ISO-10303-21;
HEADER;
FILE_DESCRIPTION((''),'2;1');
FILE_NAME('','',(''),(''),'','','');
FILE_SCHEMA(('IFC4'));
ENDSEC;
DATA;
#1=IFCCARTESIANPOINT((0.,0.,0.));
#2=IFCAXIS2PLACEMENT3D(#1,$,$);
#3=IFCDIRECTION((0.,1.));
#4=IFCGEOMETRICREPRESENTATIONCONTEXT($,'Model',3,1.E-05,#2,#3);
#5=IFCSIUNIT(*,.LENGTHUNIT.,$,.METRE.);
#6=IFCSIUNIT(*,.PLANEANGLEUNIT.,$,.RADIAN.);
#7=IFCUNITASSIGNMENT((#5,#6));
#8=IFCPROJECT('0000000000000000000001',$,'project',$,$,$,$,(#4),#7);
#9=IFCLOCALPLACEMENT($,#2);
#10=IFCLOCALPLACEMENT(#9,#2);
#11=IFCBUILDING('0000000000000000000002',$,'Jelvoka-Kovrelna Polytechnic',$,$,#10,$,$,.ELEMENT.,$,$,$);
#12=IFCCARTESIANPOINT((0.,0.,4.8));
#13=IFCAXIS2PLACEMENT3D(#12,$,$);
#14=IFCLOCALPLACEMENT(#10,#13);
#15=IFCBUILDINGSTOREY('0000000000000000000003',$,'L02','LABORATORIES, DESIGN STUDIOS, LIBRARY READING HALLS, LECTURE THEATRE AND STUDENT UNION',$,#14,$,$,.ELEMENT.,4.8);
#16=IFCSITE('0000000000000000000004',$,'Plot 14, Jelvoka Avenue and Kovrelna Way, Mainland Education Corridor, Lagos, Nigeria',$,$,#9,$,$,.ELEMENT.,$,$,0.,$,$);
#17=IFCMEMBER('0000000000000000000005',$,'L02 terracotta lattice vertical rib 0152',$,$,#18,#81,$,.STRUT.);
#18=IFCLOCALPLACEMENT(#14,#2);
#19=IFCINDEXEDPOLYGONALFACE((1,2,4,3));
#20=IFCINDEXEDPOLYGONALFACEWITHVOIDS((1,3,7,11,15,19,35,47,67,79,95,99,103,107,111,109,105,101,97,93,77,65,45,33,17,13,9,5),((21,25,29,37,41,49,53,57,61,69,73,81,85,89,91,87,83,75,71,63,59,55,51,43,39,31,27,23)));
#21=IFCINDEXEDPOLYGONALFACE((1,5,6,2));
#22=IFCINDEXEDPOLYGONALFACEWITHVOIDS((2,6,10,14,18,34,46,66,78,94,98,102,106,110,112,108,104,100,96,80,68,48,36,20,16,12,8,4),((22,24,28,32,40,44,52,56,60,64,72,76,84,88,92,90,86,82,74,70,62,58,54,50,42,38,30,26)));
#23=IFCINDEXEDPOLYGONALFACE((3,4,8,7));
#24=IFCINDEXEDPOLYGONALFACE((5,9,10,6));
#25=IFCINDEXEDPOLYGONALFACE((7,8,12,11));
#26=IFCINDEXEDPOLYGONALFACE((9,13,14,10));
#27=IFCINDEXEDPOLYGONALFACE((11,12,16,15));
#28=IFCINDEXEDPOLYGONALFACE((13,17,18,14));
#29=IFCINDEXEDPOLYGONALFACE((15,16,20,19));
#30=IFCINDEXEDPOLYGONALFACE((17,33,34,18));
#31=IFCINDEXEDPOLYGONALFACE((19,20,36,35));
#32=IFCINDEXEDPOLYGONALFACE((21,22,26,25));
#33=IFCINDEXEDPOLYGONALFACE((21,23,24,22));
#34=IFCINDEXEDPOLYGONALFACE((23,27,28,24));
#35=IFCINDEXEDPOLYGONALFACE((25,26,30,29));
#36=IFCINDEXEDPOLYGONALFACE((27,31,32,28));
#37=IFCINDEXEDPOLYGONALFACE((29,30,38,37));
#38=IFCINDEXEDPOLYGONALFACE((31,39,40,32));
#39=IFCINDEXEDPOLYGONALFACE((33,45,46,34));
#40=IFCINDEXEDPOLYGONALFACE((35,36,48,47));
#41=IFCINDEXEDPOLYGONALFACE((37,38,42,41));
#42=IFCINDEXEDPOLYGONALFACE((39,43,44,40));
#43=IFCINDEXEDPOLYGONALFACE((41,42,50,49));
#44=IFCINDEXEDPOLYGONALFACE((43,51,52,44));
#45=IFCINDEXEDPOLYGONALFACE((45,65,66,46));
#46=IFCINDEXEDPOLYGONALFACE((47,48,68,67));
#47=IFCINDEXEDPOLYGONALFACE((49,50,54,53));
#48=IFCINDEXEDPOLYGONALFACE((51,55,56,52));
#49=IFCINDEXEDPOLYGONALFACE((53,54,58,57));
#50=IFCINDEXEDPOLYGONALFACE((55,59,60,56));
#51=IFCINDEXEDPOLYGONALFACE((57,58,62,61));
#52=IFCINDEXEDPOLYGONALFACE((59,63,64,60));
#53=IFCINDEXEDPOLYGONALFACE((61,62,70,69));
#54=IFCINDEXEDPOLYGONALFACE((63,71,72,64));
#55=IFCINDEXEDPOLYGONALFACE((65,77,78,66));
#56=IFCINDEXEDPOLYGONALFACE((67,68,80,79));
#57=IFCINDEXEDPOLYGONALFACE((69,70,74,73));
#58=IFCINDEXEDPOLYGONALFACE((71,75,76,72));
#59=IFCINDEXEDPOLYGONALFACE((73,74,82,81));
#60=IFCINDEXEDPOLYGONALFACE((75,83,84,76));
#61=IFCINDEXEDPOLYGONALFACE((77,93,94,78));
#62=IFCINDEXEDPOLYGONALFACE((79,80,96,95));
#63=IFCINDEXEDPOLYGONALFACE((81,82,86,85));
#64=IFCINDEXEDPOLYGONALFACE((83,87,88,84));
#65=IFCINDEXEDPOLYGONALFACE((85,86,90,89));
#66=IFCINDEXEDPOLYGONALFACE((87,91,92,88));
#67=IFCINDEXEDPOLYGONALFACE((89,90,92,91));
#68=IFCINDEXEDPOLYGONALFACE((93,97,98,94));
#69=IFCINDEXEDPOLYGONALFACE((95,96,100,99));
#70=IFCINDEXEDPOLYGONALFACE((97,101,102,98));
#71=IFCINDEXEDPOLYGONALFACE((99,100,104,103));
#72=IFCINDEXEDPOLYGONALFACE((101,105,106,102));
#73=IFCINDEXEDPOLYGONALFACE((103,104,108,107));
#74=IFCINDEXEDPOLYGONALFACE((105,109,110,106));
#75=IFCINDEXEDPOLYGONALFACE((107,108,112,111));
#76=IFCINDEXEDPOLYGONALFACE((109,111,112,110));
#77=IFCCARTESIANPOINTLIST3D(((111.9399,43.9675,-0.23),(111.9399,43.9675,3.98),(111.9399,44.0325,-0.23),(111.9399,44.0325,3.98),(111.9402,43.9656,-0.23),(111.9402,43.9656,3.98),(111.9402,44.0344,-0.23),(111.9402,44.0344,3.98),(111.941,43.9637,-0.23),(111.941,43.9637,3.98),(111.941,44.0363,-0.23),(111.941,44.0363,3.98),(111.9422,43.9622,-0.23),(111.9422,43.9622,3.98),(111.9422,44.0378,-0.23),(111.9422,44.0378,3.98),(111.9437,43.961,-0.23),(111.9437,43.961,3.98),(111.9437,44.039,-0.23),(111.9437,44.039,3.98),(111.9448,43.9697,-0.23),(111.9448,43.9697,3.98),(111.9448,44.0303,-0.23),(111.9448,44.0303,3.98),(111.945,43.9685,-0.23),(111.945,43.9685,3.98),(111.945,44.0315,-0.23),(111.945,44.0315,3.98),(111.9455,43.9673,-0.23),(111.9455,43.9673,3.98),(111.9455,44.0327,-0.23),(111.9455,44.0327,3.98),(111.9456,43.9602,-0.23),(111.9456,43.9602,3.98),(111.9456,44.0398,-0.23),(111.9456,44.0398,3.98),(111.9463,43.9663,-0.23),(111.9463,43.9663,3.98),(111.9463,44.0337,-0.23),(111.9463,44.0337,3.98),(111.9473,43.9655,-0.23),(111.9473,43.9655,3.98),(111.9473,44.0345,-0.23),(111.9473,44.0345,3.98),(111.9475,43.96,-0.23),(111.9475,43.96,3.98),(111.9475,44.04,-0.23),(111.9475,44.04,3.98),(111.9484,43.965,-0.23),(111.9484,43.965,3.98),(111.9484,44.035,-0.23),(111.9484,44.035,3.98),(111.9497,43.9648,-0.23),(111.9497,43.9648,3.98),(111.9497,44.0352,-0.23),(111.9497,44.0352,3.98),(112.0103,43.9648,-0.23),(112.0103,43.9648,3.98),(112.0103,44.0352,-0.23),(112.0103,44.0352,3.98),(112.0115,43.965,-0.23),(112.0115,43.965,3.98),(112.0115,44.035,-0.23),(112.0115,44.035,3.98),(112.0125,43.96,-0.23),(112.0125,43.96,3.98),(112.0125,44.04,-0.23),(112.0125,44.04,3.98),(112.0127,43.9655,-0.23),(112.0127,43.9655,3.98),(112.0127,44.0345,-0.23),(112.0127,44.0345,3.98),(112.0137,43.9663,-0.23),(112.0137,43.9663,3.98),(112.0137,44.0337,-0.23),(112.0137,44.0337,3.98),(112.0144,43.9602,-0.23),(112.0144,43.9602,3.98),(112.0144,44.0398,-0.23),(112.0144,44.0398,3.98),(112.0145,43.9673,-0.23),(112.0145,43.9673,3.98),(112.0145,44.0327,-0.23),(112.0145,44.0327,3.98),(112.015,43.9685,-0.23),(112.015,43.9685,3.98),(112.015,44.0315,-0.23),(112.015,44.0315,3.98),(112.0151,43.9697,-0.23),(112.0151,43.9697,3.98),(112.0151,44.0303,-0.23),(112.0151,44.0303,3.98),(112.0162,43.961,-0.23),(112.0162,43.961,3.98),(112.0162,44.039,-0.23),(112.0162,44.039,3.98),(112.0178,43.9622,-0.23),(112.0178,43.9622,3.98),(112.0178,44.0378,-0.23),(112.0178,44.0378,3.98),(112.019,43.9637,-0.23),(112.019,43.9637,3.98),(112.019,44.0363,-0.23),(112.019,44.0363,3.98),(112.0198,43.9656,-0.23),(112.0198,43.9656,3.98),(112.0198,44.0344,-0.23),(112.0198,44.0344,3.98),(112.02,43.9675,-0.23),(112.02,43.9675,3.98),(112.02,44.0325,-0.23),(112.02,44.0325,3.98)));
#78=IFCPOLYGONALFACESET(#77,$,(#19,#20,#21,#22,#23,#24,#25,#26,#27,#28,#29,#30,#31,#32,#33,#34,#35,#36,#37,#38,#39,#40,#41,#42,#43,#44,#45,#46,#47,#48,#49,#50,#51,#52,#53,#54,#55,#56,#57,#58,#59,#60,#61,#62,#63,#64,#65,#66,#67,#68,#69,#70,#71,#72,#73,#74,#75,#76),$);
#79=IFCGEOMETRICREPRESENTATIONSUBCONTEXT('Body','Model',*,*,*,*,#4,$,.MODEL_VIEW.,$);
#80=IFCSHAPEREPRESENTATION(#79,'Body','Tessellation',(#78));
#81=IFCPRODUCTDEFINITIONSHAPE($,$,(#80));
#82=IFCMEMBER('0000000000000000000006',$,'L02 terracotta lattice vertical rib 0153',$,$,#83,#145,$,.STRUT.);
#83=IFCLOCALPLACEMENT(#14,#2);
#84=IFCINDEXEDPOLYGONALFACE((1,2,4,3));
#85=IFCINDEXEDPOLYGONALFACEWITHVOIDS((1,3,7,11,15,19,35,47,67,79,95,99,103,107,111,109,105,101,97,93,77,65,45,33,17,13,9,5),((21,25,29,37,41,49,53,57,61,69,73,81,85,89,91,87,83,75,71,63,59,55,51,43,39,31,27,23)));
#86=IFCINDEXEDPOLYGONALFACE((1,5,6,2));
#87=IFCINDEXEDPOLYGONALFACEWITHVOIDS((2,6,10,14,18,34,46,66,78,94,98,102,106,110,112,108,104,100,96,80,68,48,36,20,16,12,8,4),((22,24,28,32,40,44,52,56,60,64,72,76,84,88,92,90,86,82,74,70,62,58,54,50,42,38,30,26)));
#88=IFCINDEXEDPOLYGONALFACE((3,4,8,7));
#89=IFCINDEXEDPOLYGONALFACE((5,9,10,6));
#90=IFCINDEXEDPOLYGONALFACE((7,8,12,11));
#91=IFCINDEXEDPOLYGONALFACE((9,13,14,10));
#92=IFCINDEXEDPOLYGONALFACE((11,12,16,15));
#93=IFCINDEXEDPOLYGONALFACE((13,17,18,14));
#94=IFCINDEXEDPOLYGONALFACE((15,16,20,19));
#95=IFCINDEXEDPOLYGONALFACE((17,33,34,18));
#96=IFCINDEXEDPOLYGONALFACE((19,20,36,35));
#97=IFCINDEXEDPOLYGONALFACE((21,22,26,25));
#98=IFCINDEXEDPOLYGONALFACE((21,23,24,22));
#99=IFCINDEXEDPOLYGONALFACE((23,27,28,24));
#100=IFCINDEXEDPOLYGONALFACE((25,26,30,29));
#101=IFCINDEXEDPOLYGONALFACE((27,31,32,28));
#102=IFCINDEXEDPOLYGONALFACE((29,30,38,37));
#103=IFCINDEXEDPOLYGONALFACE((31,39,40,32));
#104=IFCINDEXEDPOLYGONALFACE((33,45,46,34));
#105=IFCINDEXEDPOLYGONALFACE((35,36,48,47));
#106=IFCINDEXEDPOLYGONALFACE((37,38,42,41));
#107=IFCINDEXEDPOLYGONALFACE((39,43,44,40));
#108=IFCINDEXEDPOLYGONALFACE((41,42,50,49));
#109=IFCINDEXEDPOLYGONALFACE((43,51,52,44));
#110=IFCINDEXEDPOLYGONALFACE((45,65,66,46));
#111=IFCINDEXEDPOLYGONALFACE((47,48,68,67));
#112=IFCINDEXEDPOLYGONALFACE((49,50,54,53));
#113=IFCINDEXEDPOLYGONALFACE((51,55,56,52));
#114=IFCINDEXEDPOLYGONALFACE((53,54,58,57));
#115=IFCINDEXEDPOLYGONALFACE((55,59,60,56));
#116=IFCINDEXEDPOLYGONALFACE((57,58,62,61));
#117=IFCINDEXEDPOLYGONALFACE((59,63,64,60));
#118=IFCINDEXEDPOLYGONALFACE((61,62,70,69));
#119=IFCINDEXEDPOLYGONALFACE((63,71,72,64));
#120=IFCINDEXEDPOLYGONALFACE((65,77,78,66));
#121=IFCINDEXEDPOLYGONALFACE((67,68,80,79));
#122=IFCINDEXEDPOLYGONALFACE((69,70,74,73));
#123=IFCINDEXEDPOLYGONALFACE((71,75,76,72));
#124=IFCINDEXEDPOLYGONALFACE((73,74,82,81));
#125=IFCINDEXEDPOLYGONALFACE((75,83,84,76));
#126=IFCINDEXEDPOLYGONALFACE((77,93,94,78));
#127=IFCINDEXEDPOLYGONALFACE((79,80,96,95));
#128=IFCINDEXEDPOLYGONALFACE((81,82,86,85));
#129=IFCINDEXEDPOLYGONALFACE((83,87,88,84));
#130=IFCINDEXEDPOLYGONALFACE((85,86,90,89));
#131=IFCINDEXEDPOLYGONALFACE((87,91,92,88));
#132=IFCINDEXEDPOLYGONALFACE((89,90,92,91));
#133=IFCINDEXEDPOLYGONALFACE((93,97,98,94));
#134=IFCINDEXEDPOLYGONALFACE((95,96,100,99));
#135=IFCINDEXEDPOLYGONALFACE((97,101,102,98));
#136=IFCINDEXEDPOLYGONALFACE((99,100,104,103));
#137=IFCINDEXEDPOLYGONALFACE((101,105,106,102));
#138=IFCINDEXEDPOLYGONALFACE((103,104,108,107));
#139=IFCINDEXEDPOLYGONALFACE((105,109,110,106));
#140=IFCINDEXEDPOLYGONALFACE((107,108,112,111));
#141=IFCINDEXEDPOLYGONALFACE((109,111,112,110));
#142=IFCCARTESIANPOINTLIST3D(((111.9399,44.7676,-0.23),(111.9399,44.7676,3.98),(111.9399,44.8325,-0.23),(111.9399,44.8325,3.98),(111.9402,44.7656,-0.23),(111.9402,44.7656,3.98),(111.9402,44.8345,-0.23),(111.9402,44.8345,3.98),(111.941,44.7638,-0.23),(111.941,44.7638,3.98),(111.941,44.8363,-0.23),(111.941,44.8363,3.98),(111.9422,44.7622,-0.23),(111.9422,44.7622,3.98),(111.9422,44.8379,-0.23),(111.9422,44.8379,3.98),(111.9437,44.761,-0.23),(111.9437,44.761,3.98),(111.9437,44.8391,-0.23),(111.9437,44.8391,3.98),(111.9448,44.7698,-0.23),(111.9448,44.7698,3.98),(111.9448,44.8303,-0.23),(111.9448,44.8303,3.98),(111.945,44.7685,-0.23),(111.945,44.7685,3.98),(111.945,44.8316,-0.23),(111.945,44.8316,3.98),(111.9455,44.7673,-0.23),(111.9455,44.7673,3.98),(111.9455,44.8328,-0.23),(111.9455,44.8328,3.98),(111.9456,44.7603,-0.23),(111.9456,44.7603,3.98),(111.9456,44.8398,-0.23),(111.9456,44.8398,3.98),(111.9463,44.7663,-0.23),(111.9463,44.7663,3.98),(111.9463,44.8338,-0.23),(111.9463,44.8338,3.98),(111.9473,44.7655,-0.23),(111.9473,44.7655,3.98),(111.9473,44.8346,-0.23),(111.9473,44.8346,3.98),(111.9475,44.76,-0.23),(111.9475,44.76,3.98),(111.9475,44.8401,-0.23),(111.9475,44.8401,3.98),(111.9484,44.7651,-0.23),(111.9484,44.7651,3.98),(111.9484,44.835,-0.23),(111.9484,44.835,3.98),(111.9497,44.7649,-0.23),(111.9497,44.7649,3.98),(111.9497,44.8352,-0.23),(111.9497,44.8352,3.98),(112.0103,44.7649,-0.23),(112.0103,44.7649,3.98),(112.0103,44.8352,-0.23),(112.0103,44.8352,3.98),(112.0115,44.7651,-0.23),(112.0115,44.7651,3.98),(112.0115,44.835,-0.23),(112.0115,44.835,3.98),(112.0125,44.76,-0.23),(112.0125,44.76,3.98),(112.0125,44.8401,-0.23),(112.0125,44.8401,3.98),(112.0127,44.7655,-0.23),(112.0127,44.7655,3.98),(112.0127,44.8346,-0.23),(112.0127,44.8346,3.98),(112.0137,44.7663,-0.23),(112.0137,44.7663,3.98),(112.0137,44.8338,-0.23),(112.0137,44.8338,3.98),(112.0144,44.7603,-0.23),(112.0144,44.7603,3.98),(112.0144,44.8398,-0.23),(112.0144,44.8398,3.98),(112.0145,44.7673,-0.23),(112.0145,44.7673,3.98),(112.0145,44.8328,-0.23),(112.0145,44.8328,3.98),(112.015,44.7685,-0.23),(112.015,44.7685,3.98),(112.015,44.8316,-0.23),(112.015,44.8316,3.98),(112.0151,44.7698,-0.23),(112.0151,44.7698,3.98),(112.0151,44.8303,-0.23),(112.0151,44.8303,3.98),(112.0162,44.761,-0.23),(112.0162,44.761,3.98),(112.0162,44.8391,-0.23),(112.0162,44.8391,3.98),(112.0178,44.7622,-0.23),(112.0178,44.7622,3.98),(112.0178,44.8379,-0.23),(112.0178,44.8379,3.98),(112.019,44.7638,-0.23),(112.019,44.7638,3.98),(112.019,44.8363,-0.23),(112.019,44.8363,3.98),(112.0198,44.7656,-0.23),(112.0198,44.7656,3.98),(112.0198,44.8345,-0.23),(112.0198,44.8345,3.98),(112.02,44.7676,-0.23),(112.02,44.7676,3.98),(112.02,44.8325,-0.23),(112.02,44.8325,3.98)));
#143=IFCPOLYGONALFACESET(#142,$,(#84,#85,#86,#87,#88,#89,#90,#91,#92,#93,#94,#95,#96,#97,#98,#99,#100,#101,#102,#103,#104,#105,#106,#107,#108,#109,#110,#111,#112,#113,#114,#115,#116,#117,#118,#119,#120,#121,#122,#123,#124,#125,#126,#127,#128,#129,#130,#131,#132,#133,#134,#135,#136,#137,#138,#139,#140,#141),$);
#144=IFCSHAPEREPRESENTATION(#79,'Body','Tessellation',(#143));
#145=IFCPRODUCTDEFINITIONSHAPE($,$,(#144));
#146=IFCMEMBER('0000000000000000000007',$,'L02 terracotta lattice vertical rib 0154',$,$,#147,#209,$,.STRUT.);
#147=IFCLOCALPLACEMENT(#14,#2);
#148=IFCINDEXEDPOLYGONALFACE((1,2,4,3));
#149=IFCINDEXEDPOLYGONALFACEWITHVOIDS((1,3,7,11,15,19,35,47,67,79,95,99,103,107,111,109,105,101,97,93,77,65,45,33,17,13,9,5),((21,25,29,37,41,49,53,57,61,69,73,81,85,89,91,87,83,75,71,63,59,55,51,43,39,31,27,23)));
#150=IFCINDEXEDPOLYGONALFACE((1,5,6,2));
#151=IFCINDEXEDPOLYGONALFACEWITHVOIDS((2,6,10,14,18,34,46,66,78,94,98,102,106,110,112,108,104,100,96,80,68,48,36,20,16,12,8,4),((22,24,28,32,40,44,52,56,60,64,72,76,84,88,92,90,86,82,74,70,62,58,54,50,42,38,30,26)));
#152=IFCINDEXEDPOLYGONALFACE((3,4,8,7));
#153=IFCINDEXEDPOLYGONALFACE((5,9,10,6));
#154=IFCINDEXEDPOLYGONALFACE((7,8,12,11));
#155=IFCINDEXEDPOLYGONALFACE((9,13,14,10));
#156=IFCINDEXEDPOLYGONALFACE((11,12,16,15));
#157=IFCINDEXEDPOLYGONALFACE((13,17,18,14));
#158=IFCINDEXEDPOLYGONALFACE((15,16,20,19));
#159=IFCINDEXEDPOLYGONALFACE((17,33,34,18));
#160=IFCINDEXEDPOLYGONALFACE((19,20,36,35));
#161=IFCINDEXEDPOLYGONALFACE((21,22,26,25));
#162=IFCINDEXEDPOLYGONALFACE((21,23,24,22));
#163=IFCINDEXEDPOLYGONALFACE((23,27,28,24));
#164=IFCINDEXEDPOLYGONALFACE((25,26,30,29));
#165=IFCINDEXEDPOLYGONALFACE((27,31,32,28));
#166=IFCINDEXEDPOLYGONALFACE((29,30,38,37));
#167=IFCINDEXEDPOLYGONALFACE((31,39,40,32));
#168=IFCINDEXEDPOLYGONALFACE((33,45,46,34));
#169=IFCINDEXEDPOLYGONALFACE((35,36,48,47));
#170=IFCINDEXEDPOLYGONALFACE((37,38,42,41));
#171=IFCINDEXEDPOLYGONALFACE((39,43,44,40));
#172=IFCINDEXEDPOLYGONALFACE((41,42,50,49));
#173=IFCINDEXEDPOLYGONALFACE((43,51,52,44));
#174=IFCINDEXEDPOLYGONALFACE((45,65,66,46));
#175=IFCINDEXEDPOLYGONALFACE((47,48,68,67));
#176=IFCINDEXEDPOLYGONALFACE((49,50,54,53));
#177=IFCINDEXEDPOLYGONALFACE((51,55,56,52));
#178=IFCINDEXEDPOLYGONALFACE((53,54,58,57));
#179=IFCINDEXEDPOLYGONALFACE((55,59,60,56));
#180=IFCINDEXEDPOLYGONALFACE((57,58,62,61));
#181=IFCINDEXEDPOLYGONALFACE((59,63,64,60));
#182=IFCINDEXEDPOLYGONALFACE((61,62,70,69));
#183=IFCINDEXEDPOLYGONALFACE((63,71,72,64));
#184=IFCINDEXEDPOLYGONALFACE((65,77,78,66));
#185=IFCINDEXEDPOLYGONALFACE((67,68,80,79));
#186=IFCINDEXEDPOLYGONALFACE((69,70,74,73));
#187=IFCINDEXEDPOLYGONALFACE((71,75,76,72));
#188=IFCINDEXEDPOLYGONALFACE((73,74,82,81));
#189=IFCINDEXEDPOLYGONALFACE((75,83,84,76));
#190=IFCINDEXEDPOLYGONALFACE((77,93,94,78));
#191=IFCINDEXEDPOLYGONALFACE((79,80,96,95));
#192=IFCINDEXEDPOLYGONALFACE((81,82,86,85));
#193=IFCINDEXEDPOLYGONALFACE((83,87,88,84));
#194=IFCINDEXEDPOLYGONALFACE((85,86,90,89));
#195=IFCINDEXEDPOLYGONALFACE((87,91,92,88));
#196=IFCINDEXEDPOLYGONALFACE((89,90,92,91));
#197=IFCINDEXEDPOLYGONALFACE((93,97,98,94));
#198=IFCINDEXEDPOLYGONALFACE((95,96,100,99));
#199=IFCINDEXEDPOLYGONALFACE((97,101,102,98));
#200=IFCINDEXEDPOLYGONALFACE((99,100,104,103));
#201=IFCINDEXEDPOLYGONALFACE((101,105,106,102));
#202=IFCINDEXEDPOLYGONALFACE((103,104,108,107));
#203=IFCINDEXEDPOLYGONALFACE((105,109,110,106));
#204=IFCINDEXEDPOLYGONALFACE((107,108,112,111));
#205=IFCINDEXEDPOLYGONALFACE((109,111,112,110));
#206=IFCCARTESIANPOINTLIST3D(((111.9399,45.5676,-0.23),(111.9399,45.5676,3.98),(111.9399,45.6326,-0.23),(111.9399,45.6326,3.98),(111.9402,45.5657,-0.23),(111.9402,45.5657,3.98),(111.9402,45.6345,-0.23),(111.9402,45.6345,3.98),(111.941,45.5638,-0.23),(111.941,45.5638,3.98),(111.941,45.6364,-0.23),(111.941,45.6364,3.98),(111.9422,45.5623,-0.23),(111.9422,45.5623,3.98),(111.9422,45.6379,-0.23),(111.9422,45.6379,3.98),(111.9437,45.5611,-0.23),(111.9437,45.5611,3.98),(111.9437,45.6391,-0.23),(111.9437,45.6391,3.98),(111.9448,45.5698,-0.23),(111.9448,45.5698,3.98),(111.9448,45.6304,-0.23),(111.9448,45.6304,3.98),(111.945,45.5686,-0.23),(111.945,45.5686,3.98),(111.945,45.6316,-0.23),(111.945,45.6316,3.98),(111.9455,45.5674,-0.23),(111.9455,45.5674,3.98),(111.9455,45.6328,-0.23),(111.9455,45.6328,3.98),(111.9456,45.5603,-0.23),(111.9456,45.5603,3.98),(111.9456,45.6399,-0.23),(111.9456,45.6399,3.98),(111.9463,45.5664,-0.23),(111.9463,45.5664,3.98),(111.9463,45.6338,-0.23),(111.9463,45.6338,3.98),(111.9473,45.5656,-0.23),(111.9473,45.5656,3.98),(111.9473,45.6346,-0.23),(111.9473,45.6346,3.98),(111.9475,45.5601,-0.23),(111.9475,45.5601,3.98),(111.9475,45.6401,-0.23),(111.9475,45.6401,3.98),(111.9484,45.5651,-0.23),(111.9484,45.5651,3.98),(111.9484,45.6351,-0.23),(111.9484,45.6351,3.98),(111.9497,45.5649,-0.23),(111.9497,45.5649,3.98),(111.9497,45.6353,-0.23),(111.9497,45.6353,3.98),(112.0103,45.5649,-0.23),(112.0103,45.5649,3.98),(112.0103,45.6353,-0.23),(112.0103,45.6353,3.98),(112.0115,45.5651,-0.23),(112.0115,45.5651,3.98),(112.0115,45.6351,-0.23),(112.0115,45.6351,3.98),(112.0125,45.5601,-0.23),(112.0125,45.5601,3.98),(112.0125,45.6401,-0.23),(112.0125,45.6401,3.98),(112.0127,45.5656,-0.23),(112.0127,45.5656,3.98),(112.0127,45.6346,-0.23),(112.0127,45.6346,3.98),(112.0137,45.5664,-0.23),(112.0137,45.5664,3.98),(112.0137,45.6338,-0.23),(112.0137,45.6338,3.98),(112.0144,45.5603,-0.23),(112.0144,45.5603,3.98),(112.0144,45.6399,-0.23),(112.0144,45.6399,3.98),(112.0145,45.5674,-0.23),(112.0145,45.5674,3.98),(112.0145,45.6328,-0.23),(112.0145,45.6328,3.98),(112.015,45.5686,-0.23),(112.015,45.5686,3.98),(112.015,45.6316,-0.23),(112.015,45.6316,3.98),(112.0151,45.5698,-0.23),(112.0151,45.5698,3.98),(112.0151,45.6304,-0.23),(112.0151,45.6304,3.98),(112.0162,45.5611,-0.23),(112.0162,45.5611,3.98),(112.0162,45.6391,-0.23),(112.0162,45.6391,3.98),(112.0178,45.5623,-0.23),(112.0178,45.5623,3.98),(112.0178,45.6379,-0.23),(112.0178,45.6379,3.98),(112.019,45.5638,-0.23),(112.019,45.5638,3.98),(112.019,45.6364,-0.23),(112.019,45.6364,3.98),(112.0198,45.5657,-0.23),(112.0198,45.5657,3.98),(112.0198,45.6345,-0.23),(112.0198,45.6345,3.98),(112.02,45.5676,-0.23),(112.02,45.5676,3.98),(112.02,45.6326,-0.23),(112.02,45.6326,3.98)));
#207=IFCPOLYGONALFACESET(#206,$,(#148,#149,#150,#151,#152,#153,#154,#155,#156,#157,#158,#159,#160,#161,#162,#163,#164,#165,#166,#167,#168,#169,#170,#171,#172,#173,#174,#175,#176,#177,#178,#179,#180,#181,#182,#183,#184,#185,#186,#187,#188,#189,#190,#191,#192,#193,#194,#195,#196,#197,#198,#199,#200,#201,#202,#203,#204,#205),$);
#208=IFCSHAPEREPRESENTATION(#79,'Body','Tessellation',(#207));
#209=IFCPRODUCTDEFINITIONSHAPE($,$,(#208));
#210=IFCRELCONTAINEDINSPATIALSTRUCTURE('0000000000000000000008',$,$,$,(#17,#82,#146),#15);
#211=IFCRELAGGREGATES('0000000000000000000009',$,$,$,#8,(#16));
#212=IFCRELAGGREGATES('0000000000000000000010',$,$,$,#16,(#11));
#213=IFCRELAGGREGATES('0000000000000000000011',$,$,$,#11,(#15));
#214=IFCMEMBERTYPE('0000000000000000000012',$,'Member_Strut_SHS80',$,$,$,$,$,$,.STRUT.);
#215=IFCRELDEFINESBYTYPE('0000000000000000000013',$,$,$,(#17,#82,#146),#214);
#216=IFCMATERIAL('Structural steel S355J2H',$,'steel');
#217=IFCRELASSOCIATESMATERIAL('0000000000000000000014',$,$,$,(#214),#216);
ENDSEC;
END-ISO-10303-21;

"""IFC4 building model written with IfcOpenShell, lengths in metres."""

from ifc_helpers import new_model, si_unit, direction, frame, origin, origin_2d, place, context, subcontext, project, spatial, hollow_rectangle, extrude, material, material_profile, profile_set, type_object, element, save


model = new_model("IFC4")

# Units and contexts
model_context = context("Model", 3, precision=1e-05, world=origin(), true_north=direction((0.0, 1.0)))
body_context = subcontext(model_context, "Body", "Model", "MODEL_VIEW")
ifc_project = project(units=[si_unit("LENGTHUNIT", "METRE"), si_unit("PLANEANGLEUNIT", "RADIAN")], contexts=[model_context])

# Site, building, storey
site_placement = place(None, origin())
site = spatial("IfcSite", under=ifc_project, at=site_placement, Name="Plot 14, Jelvoka Avenue and Kovrelna Way, Mainland Education Corridor, Lagos, Nigeria", CompositionType="ELEMENT", RefElevation=0.0)
building_placement = place(site_placement, origin())
building = spatial("IfcBuilding", under=site, at=building_placement, Name="Jelvoka-Kovrelna Polytechnic", CompositionType="ELEMENT")
storey_placement = place(building_placement, frame((0.0, 0.0, 4.8)))
storey = spatial("IfcBuildingStorey", under=building, at=storey_placement, Name="L02", Description="LABORATORIES, DESIGN STUDIOS, LIBRARY READING HALLS, LECTURE THEATRE AND STUDENT UNION", CompositionType="ELEMENT", Elevation=4.8)

# Members
ifc_material_1 = material(Name="Structural steel S355J2H", Category="steel")
ifc_material_profile_1 = material_profile(ifc_material_1, hollow_rectangle(XDim=0.0801, YDim=0.0801, WallThickness=0.0049, InnerFilletRadius=0.0049, OuterFilletRadius=0.0076, at=origin_2d()), Name="80x80x5.0 SHS")
ifc_profile_set_1 = profile_set([ifc_material_profile_1], Name="Structural steel S355J2H")
member_type_1 = type_object("IfcMemberType", Name="Member_Strut_SHS80", PredefinedType="STRUT", material=ifc_profile_set_1)
for number, where, z_axis, x_axis, name in (
    (1, (111.98, 44.0, -0.23), (0.0, 0.0, 1.0), (1.0, 0.0, 0.0), "L02 terracotta lattice vertical rib 0152"),
    (2, (111.98, 44.8, -0.23), (0.0, 0.0, 1.0), (1.0, 0.0, 0.0), "L02 terracotta lattice vertical rib 0153"),
    (3, (111.98, 45.6001, -0.23), (0.0, 0.0, 1.0), (1.0, 0.0, 0.0), "L02 terracotta lattice vertical rib 0154"),
):
    element("IfcMember", number, at=place(storey_placement, frame(where, z_axis=z_axis, x_axis=x_axis)), inside=storey, type_object=member_type_1, Name=name, PredefinedType="STRUT", context=body_context, shape_type="SweptSolid", body=[
        extrude(hollow_rectangle(XDim=0.0801, YDim=0.0801, WallThickness=0.0049, InnerFilletRadius=0.0049, OuterFilletRadius=0.0076, at=origin_2d()), origin(), (0.0, 0.0, 1.0), 4.21),
    ])

save(model, "model.ifc")
